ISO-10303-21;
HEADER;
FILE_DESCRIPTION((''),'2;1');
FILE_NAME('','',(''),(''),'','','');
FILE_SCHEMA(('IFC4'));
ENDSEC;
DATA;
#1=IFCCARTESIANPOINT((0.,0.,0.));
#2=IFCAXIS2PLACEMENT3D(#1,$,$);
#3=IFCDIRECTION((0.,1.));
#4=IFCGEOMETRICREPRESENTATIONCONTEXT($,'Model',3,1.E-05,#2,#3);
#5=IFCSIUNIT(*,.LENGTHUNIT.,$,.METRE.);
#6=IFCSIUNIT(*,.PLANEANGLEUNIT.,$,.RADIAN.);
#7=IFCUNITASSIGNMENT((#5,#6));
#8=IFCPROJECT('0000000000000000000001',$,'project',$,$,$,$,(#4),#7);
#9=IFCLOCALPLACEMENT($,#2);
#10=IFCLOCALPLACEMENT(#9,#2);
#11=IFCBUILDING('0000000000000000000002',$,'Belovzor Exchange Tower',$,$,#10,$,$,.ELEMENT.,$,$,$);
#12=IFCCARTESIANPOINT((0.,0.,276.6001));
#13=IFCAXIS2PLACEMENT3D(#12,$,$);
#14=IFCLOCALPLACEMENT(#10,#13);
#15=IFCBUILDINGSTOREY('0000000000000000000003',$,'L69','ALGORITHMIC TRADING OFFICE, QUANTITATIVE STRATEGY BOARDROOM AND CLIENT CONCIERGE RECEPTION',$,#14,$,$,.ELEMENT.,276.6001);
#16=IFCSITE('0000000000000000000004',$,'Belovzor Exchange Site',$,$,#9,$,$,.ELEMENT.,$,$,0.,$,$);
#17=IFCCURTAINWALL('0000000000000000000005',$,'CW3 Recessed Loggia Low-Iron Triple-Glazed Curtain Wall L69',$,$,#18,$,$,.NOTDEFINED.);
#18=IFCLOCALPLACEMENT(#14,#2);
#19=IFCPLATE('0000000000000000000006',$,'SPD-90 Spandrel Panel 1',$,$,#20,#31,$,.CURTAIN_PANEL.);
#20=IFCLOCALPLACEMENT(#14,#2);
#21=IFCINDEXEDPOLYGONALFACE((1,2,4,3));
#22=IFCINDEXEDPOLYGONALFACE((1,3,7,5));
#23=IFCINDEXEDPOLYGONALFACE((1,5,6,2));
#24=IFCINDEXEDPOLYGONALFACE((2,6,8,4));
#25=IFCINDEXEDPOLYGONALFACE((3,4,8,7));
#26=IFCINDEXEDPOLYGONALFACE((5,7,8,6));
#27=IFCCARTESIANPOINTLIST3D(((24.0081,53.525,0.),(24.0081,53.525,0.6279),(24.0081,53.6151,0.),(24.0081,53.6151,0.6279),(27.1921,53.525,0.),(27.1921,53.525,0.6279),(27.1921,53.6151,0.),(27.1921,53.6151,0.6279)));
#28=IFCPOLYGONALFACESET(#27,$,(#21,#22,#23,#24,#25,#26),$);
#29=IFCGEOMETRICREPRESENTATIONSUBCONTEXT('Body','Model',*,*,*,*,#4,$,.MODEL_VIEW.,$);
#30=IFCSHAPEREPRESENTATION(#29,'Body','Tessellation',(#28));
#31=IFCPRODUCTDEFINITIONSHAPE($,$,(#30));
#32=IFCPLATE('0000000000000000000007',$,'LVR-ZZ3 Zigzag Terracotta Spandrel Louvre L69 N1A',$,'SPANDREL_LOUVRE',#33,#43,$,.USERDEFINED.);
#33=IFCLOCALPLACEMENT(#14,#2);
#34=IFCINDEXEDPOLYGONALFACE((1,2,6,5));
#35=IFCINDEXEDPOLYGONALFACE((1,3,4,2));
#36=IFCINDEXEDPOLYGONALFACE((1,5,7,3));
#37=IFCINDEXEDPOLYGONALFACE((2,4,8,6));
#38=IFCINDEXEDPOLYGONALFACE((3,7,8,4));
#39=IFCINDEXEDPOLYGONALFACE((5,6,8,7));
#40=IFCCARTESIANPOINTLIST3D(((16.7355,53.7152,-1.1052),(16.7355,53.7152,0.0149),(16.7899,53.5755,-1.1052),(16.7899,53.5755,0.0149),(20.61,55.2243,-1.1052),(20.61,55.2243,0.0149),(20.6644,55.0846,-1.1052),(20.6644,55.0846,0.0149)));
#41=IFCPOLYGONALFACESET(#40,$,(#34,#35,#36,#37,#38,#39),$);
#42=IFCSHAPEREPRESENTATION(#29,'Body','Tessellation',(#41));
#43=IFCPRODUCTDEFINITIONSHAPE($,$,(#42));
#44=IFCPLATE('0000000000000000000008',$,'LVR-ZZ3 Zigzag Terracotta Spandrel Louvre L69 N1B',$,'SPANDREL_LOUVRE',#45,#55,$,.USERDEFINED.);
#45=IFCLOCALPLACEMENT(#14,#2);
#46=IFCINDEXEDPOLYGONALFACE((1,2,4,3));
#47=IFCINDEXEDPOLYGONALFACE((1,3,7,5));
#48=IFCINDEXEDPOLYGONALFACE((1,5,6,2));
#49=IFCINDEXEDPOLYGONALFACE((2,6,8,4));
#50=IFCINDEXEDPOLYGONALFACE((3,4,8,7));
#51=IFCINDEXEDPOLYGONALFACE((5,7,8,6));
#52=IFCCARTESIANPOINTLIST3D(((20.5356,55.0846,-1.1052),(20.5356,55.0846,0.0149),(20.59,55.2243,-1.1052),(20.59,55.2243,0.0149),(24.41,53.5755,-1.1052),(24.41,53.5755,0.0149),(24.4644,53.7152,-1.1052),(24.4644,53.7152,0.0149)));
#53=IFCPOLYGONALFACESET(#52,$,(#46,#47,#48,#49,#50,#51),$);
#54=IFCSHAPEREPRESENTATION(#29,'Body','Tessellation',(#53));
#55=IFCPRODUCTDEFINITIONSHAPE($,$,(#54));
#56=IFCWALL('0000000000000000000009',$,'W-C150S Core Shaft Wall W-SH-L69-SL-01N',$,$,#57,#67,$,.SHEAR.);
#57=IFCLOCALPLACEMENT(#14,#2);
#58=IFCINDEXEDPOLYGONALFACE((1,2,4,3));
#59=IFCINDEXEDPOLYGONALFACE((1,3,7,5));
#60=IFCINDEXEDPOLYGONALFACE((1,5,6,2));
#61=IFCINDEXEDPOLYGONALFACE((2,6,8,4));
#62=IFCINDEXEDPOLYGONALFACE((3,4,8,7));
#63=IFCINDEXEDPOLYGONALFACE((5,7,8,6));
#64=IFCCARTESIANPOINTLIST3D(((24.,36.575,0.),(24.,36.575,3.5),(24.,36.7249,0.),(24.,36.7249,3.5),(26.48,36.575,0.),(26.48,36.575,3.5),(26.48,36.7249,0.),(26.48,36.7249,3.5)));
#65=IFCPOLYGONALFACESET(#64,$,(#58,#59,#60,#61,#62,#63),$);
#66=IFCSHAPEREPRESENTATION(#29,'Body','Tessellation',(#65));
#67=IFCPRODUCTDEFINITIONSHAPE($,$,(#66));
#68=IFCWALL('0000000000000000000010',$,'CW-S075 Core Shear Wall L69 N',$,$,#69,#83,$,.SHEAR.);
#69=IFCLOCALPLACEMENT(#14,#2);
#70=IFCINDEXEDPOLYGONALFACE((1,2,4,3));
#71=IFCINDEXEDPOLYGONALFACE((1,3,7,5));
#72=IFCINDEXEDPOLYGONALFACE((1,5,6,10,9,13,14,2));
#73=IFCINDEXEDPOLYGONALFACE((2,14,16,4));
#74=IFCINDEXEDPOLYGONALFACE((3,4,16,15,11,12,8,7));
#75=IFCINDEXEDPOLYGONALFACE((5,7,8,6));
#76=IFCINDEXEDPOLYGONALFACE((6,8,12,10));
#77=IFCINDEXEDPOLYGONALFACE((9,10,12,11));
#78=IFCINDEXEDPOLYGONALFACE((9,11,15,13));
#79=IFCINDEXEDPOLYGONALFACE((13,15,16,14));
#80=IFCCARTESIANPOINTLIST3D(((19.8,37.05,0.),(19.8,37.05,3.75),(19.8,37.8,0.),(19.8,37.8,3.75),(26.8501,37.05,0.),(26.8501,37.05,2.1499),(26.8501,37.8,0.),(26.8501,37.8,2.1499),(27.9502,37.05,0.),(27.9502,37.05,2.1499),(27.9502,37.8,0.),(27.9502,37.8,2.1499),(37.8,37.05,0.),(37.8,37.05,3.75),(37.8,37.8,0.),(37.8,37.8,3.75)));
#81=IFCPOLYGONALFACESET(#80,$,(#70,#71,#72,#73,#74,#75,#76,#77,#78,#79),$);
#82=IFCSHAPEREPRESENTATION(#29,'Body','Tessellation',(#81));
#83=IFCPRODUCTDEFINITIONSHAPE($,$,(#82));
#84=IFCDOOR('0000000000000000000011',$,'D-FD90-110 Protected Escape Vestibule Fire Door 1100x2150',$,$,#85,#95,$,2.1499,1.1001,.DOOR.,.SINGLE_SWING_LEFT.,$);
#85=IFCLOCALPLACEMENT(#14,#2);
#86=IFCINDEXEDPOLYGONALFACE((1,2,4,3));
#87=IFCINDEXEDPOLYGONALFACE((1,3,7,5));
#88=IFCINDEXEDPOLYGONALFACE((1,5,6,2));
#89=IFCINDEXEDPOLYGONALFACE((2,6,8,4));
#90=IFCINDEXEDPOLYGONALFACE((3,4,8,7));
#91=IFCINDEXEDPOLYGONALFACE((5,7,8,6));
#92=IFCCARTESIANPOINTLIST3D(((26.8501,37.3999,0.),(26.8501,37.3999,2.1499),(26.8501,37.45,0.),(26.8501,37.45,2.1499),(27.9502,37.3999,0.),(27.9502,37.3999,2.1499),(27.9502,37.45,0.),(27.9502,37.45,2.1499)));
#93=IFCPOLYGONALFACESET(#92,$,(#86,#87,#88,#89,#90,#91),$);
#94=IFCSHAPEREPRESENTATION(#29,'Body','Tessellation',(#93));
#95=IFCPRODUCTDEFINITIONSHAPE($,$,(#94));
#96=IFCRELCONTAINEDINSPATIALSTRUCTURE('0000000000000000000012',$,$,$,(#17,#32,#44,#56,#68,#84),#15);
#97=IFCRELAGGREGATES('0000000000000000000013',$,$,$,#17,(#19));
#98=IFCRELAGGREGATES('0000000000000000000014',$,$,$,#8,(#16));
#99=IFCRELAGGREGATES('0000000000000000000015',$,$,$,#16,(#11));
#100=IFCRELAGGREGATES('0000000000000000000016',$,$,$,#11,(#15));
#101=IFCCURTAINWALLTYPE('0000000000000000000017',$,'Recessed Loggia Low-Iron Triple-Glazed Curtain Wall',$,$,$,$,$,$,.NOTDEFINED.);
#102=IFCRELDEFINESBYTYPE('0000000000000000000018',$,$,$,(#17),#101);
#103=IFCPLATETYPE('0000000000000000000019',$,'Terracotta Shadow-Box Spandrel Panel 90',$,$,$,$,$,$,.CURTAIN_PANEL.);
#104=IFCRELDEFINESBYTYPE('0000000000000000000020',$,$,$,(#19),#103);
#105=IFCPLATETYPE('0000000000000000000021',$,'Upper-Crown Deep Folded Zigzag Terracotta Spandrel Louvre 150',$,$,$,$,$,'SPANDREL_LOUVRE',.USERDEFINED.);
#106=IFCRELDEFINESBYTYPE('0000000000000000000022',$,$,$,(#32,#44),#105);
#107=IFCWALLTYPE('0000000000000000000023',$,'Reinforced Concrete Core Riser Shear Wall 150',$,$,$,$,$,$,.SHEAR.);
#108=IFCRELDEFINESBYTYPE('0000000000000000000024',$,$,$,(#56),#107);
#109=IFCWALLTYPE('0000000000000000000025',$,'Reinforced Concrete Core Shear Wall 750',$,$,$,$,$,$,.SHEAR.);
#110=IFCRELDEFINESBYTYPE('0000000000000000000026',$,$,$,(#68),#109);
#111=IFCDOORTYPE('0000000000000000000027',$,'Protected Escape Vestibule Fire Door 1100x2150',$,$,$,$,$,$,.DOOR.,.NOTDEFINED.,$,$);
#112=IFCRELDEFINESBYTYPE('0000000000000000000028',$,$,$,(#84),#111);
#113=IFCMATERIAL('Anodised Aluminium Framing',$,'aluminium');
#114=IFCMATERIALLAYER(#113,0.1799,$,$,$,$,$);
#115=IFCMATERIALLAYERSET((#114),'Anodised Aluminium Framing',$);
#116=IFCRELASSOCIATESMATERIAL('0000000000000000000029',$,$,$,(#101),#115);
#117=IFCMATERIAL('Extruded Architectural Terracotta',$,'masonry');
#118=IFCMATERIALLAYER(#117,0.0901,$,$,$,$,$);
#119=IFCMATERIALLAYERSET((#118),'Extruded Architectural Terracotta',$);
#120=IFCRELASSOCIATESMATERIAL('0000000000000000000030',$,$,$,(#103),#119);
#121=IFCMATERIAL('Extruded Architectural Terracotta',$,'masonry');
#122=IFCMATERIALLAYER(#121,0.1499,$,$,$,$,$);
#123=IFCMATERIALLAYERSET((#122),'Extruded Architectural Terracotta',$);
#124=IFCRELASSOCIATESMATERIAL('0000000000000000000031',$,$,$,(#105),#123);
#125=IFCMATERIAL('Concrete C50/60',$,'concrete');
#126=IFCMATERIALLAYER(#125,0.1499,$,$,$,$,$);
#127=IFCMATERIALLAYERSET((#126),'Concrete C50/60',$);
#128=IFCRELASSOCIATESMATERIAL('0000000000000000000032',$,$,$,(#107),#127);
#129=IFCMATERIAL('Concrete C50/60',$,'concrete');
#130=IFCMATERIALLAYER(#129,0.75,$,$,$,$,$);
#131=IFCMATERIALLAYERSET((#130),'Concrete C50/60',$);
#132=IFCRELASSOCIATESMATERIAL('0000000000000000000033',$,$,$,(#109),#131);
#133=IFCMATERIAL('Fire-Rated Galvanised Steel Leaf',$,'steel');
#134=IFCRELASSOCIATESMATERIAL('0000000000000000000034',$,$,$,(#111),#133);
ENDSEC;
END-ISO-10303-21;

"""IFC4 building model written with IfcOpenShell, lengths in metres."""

from ifc_helpers import new_model, si_unit, direction, frame, frame_2d, origin, origin_2d, place, context, subcontext, project, spatial, rectangle, extrude, material, layer, layer_set, type_object, element, fill, aggregate, save


model = new_model("IFC4")

# Units and contexts
model_context = context("Model", 3, precision=1e-05, world=origin(), true_north=direction((0.0, 1.0)))
body_context = subcontext(model_context, "Body", "Model", "MODEL_VIEW")
ifc_project = project(units=[si_unit("LENGTHUNIT", "METRE"), si_unit("PLANEANGLEUNIT", "RADIAN")], contexts=[model_context])

# Site, building, storey
site_placement = place(None, origin())
site = spatial("IfcSite", under=ifc_project, at=site_placement, Name="Belovzor Exchange Site", CompositionType="ELEMENT", RefElevation=0.0)
building_placement = place(site_placement, origin())
building = spatial("IfcBuilding", under=site, at=building_placement, Name="Belovzor Exchange Tower", CompositionType="ELEMENT")
storey_placement = place(building_placement, frame((0.0, 0.0, 276.6001)))
storey = spatial("IfcBuildingStorey", under=building, at=storey_placement, Name="L69", Description="ALGORITHMIC TRADING OFFICE, QUANTITATIVE STRATEGY BOARDROOM AND CLIENT CONCIERGE RECEPTION", CompositionType="ELEMENT", Elevation=276.6001)

# Curtain wall
ifc_material_1 = material(Name="Anodised Aluminium Framing", Category="aluminium")
ifc_layer_1 = layer(ifc_material_1, 0.1799)
ifc_layer_set_1 = layer_set([ifc_layer_1], Name="Anodised Aluminium Framing")
curtain_wall_type = type_object("IfcCurtainWallType", Name="Recessed Loggia Low-Iron Triple-Glazed Curtain Wall", PredefinedType="NOTDEFINED", material=ifc_layer_set_1)
curtain_wall_placement = place(storey_placement, origin())
curtain_wall = element("IfcCurtainWall", 1, at=curtain_wall_placement, inside=storey, type_object=curtain_wall_type, Name="CW3 Recessed Loggia Low-Iron Triple-Glazed Curtain Wall L69", PredefinedType="NOTDEFINED")

# Plate
ifc_material_2 = material(Name="Extruded Architectural Terracotta", Category="masonry")
ifc_layer_2 = layer(ifc_material_2, 0.0901)
ifc_layer_set_2 = layer_set([ifc_layer_2], Name="Extruded Architectural Terracotta")
plate_type_1 = type_object("IfcPlateType", Name="Terracotta Shadow-Box Spandrel Panel 90", PredefinedType="CURTAIN_PANEL", material=ifc_layer_set_2)
plate_1_placement = place(storey_placement, frame((25.6001, 53.5701, 0.0), z_axis=(0.0, 0.0, 1.0), x_axis=(1.0, 0.0, 0.0)))
plate_1 = element("IfcPlate", 2, at=plate_1_placement, type_object=plate_type_1, Name="SPD-90 Spandrel Panel 1", PredefinedType="CURTAIN_PANEL", context=body_context, shape_type="SweptSolid", body=[
    extrude(rectangle(XDim=3.1841, YDim=0.0901, at=origin_2d()), origin(), (0.0, 0.0, 1.0), 0.6279),
])
aggregate(curtain_wall, [plate_1])

# Plates
ifc_material_3 = material(Name="Extruded Architectural Terracotta", Category="masonry")
ifc_layer_3 = layer(ifc_material_3, 0.1499)
ifc_layer_set_3 = layer_set([ifc_layer_3], Name="Extruded Architectural Terracotta")
plate_type_2 = type_object("IfcPlateType", Name="Upper-Crown Deep Folded Zigzag Terracotta Spandrel Louvre 150", ElementType="SPANDREL_LOUVRE", PredefinedType="USERDEFINED", material=ifc_layer_set_3)
for number, where, z_axis, x_axis, name in (
    (3, (18.7, 54.3999, -1.1052), (0.0, 0.0, 1.0), (0.931818, 0.362926, 0.0), "LVR-ZZ3 Zigzag Terracotta Spandrel Louvre L69 N1A"),
    (4, (22.5, 54.3999, -1.1052), (0.0, 0.0, 1.0), (0.931818, -0.362926, 0.0), "LVR-ZZ3 Zigzag Terracotta Spandrel Louvre L69 N1B"),
):
    element("IfcPlate", number, at=place(storey_placement, frame(where, z_axis=z_axis, x_axis=x_axis)), inside=storey, type_object=plate_type_2, Name=name, ObjectType="SPANDREL_LOUVRE", PredefinedType="USERDEFINED", context=body_context, shape_type="SweptSolid", body=[
        extrude(rectangle(XDim=4.158, YDim=0.1499, at=origin_2d()), origin(), (0.0, 0.0, 1.0), 1.1201),
    ])

# Wall
ifc_material_4 = material(Name="Concrete C50/60", Category="concrete")
ifc_layer_4 = layer(ifc_material_4, 0.1499)
ifc_layer_set_4 = layer_set([ifc_layer_4], Name="Concrete C50/60")
wall_type_1 = type_object("IfcWallType", Name="Reinforced Concrete Core Riser Shear Wall 150", PredefinedType="SHEAR", material=ifc_layer_set_4)
wall_1_placement = place(storey_placement, frame((24.0, 36.6499, 0.0), z_axis=(0.0, 0.0, 1.0), x_axis=(1.0, 0.0, 0.0)))
element("IfcWall", 5, at=wall_1_placement, inside=storey, type_object=wall_type_1, Name="W-C150S Core Shaft Wall W-SH-L69-SL-01N", PredefinedType="SHEAR", context=body_context, shape_type="SweptSolid", body=[
    extrude(rectangle(XDim=2.48, YDim=0.1499, at=frame_2d((1.24, 0.0))), origin(), (0.0, 0.0, 1.0), 3.5),
])

# Wall, opening, door
ifc_material_5 = material(Name="Concrete C50/60", Category="concrete")
ifc_layer_5 = layer(ifc_material_5, 0.75)
ifc_layer_set_5 = layer_set([ifc_layer_5], Name="Concrete C50/60")
wall_type_2 = type_object("IfcWallType", Name="Reinforced Concrete Core Shear Wall 750", PredefinedType="SHEAR", material=ifc_layer_set_5)
wall_2_placement = place(storey_placement, frame((19.8, 37.425, 0.0), z_axis=(0.0, 0.0, 1.0), x_axis=(1.0, 0.0, 0.0)))
wall_2 = element("IfcWall", 6, at=wall_2_placement, inside=storey, type_object=wall_type_2, Name="CW-S075 Core Shear Wall L69 N", PredefinedType="SHEAR", context=body_context, shape_type="SweptSolid", body=[
    extrude(rectangle(XDim=18.0, YDim=0.75, at=frame_2d((9.0, 0.0))), origin(), (0.0, 0.0, 1.0), 3.75),
])
opening_1_placement = place(wall_2_placement, frame((7.05, 0.0, 0.0)))
opening_1 = element("IfcOpeningElement", 7, at=opening_1_placement, cuts=wall_2, PredefinedType="OPENING", context=body_context, shape_type="SweptSolid", body=[
    extrude(rectangle(XDim=1.1001, YDim=2.1499, at=frame_2d((0.55, 1.075))), frame((0.0, 0.385, 0.0), z_axis=(0.0, -1.0, 0.0), x_axis=(1.0, 0.0, 0.0)), (0.0, 0.0, 1.0), 0.77),
])
ifc_material_6 = material(Name="Fire-Rated Galvanised Steel Leaf", Category="steel")
door_type_1 = type_object("IfcDoorType", Name="Protected Escape Vestibule Fire Door 1100x2150", OperationType="NOTDEFINED", PredefinedType="DOOR", material=ifc_material_6)
door_1_placement = place(opening_1_placement, origin())
door_1 = element("IfcDoor", 8, at=door_1_placement, inside=storey, type_object=door_type_1, Name="D-FD90-110 Protected Escape Vestibule Fire Door 1100x2150", OperationType="SINGLE_SWING_LEFT", OverallHeight=2.1499, OverallWidth=1.1001, PredefinedType="DOOR", context=body_context, shape_type="SweptSolid", body=[
    extrude(rectangle(XDim=1.1001, YDim=2.1499, at=frame_2d((0.55, 1.075))), frame((0.0, 0.0249, 0.0), z_axis=(0.0, -1.0, 0.0), x_axis=(1.0, 0.0, 0.0)), (0.0, 0.0, 1.0), 0.05),
])
fill(opening_1, door_1)

save(model, "model.ifc")
